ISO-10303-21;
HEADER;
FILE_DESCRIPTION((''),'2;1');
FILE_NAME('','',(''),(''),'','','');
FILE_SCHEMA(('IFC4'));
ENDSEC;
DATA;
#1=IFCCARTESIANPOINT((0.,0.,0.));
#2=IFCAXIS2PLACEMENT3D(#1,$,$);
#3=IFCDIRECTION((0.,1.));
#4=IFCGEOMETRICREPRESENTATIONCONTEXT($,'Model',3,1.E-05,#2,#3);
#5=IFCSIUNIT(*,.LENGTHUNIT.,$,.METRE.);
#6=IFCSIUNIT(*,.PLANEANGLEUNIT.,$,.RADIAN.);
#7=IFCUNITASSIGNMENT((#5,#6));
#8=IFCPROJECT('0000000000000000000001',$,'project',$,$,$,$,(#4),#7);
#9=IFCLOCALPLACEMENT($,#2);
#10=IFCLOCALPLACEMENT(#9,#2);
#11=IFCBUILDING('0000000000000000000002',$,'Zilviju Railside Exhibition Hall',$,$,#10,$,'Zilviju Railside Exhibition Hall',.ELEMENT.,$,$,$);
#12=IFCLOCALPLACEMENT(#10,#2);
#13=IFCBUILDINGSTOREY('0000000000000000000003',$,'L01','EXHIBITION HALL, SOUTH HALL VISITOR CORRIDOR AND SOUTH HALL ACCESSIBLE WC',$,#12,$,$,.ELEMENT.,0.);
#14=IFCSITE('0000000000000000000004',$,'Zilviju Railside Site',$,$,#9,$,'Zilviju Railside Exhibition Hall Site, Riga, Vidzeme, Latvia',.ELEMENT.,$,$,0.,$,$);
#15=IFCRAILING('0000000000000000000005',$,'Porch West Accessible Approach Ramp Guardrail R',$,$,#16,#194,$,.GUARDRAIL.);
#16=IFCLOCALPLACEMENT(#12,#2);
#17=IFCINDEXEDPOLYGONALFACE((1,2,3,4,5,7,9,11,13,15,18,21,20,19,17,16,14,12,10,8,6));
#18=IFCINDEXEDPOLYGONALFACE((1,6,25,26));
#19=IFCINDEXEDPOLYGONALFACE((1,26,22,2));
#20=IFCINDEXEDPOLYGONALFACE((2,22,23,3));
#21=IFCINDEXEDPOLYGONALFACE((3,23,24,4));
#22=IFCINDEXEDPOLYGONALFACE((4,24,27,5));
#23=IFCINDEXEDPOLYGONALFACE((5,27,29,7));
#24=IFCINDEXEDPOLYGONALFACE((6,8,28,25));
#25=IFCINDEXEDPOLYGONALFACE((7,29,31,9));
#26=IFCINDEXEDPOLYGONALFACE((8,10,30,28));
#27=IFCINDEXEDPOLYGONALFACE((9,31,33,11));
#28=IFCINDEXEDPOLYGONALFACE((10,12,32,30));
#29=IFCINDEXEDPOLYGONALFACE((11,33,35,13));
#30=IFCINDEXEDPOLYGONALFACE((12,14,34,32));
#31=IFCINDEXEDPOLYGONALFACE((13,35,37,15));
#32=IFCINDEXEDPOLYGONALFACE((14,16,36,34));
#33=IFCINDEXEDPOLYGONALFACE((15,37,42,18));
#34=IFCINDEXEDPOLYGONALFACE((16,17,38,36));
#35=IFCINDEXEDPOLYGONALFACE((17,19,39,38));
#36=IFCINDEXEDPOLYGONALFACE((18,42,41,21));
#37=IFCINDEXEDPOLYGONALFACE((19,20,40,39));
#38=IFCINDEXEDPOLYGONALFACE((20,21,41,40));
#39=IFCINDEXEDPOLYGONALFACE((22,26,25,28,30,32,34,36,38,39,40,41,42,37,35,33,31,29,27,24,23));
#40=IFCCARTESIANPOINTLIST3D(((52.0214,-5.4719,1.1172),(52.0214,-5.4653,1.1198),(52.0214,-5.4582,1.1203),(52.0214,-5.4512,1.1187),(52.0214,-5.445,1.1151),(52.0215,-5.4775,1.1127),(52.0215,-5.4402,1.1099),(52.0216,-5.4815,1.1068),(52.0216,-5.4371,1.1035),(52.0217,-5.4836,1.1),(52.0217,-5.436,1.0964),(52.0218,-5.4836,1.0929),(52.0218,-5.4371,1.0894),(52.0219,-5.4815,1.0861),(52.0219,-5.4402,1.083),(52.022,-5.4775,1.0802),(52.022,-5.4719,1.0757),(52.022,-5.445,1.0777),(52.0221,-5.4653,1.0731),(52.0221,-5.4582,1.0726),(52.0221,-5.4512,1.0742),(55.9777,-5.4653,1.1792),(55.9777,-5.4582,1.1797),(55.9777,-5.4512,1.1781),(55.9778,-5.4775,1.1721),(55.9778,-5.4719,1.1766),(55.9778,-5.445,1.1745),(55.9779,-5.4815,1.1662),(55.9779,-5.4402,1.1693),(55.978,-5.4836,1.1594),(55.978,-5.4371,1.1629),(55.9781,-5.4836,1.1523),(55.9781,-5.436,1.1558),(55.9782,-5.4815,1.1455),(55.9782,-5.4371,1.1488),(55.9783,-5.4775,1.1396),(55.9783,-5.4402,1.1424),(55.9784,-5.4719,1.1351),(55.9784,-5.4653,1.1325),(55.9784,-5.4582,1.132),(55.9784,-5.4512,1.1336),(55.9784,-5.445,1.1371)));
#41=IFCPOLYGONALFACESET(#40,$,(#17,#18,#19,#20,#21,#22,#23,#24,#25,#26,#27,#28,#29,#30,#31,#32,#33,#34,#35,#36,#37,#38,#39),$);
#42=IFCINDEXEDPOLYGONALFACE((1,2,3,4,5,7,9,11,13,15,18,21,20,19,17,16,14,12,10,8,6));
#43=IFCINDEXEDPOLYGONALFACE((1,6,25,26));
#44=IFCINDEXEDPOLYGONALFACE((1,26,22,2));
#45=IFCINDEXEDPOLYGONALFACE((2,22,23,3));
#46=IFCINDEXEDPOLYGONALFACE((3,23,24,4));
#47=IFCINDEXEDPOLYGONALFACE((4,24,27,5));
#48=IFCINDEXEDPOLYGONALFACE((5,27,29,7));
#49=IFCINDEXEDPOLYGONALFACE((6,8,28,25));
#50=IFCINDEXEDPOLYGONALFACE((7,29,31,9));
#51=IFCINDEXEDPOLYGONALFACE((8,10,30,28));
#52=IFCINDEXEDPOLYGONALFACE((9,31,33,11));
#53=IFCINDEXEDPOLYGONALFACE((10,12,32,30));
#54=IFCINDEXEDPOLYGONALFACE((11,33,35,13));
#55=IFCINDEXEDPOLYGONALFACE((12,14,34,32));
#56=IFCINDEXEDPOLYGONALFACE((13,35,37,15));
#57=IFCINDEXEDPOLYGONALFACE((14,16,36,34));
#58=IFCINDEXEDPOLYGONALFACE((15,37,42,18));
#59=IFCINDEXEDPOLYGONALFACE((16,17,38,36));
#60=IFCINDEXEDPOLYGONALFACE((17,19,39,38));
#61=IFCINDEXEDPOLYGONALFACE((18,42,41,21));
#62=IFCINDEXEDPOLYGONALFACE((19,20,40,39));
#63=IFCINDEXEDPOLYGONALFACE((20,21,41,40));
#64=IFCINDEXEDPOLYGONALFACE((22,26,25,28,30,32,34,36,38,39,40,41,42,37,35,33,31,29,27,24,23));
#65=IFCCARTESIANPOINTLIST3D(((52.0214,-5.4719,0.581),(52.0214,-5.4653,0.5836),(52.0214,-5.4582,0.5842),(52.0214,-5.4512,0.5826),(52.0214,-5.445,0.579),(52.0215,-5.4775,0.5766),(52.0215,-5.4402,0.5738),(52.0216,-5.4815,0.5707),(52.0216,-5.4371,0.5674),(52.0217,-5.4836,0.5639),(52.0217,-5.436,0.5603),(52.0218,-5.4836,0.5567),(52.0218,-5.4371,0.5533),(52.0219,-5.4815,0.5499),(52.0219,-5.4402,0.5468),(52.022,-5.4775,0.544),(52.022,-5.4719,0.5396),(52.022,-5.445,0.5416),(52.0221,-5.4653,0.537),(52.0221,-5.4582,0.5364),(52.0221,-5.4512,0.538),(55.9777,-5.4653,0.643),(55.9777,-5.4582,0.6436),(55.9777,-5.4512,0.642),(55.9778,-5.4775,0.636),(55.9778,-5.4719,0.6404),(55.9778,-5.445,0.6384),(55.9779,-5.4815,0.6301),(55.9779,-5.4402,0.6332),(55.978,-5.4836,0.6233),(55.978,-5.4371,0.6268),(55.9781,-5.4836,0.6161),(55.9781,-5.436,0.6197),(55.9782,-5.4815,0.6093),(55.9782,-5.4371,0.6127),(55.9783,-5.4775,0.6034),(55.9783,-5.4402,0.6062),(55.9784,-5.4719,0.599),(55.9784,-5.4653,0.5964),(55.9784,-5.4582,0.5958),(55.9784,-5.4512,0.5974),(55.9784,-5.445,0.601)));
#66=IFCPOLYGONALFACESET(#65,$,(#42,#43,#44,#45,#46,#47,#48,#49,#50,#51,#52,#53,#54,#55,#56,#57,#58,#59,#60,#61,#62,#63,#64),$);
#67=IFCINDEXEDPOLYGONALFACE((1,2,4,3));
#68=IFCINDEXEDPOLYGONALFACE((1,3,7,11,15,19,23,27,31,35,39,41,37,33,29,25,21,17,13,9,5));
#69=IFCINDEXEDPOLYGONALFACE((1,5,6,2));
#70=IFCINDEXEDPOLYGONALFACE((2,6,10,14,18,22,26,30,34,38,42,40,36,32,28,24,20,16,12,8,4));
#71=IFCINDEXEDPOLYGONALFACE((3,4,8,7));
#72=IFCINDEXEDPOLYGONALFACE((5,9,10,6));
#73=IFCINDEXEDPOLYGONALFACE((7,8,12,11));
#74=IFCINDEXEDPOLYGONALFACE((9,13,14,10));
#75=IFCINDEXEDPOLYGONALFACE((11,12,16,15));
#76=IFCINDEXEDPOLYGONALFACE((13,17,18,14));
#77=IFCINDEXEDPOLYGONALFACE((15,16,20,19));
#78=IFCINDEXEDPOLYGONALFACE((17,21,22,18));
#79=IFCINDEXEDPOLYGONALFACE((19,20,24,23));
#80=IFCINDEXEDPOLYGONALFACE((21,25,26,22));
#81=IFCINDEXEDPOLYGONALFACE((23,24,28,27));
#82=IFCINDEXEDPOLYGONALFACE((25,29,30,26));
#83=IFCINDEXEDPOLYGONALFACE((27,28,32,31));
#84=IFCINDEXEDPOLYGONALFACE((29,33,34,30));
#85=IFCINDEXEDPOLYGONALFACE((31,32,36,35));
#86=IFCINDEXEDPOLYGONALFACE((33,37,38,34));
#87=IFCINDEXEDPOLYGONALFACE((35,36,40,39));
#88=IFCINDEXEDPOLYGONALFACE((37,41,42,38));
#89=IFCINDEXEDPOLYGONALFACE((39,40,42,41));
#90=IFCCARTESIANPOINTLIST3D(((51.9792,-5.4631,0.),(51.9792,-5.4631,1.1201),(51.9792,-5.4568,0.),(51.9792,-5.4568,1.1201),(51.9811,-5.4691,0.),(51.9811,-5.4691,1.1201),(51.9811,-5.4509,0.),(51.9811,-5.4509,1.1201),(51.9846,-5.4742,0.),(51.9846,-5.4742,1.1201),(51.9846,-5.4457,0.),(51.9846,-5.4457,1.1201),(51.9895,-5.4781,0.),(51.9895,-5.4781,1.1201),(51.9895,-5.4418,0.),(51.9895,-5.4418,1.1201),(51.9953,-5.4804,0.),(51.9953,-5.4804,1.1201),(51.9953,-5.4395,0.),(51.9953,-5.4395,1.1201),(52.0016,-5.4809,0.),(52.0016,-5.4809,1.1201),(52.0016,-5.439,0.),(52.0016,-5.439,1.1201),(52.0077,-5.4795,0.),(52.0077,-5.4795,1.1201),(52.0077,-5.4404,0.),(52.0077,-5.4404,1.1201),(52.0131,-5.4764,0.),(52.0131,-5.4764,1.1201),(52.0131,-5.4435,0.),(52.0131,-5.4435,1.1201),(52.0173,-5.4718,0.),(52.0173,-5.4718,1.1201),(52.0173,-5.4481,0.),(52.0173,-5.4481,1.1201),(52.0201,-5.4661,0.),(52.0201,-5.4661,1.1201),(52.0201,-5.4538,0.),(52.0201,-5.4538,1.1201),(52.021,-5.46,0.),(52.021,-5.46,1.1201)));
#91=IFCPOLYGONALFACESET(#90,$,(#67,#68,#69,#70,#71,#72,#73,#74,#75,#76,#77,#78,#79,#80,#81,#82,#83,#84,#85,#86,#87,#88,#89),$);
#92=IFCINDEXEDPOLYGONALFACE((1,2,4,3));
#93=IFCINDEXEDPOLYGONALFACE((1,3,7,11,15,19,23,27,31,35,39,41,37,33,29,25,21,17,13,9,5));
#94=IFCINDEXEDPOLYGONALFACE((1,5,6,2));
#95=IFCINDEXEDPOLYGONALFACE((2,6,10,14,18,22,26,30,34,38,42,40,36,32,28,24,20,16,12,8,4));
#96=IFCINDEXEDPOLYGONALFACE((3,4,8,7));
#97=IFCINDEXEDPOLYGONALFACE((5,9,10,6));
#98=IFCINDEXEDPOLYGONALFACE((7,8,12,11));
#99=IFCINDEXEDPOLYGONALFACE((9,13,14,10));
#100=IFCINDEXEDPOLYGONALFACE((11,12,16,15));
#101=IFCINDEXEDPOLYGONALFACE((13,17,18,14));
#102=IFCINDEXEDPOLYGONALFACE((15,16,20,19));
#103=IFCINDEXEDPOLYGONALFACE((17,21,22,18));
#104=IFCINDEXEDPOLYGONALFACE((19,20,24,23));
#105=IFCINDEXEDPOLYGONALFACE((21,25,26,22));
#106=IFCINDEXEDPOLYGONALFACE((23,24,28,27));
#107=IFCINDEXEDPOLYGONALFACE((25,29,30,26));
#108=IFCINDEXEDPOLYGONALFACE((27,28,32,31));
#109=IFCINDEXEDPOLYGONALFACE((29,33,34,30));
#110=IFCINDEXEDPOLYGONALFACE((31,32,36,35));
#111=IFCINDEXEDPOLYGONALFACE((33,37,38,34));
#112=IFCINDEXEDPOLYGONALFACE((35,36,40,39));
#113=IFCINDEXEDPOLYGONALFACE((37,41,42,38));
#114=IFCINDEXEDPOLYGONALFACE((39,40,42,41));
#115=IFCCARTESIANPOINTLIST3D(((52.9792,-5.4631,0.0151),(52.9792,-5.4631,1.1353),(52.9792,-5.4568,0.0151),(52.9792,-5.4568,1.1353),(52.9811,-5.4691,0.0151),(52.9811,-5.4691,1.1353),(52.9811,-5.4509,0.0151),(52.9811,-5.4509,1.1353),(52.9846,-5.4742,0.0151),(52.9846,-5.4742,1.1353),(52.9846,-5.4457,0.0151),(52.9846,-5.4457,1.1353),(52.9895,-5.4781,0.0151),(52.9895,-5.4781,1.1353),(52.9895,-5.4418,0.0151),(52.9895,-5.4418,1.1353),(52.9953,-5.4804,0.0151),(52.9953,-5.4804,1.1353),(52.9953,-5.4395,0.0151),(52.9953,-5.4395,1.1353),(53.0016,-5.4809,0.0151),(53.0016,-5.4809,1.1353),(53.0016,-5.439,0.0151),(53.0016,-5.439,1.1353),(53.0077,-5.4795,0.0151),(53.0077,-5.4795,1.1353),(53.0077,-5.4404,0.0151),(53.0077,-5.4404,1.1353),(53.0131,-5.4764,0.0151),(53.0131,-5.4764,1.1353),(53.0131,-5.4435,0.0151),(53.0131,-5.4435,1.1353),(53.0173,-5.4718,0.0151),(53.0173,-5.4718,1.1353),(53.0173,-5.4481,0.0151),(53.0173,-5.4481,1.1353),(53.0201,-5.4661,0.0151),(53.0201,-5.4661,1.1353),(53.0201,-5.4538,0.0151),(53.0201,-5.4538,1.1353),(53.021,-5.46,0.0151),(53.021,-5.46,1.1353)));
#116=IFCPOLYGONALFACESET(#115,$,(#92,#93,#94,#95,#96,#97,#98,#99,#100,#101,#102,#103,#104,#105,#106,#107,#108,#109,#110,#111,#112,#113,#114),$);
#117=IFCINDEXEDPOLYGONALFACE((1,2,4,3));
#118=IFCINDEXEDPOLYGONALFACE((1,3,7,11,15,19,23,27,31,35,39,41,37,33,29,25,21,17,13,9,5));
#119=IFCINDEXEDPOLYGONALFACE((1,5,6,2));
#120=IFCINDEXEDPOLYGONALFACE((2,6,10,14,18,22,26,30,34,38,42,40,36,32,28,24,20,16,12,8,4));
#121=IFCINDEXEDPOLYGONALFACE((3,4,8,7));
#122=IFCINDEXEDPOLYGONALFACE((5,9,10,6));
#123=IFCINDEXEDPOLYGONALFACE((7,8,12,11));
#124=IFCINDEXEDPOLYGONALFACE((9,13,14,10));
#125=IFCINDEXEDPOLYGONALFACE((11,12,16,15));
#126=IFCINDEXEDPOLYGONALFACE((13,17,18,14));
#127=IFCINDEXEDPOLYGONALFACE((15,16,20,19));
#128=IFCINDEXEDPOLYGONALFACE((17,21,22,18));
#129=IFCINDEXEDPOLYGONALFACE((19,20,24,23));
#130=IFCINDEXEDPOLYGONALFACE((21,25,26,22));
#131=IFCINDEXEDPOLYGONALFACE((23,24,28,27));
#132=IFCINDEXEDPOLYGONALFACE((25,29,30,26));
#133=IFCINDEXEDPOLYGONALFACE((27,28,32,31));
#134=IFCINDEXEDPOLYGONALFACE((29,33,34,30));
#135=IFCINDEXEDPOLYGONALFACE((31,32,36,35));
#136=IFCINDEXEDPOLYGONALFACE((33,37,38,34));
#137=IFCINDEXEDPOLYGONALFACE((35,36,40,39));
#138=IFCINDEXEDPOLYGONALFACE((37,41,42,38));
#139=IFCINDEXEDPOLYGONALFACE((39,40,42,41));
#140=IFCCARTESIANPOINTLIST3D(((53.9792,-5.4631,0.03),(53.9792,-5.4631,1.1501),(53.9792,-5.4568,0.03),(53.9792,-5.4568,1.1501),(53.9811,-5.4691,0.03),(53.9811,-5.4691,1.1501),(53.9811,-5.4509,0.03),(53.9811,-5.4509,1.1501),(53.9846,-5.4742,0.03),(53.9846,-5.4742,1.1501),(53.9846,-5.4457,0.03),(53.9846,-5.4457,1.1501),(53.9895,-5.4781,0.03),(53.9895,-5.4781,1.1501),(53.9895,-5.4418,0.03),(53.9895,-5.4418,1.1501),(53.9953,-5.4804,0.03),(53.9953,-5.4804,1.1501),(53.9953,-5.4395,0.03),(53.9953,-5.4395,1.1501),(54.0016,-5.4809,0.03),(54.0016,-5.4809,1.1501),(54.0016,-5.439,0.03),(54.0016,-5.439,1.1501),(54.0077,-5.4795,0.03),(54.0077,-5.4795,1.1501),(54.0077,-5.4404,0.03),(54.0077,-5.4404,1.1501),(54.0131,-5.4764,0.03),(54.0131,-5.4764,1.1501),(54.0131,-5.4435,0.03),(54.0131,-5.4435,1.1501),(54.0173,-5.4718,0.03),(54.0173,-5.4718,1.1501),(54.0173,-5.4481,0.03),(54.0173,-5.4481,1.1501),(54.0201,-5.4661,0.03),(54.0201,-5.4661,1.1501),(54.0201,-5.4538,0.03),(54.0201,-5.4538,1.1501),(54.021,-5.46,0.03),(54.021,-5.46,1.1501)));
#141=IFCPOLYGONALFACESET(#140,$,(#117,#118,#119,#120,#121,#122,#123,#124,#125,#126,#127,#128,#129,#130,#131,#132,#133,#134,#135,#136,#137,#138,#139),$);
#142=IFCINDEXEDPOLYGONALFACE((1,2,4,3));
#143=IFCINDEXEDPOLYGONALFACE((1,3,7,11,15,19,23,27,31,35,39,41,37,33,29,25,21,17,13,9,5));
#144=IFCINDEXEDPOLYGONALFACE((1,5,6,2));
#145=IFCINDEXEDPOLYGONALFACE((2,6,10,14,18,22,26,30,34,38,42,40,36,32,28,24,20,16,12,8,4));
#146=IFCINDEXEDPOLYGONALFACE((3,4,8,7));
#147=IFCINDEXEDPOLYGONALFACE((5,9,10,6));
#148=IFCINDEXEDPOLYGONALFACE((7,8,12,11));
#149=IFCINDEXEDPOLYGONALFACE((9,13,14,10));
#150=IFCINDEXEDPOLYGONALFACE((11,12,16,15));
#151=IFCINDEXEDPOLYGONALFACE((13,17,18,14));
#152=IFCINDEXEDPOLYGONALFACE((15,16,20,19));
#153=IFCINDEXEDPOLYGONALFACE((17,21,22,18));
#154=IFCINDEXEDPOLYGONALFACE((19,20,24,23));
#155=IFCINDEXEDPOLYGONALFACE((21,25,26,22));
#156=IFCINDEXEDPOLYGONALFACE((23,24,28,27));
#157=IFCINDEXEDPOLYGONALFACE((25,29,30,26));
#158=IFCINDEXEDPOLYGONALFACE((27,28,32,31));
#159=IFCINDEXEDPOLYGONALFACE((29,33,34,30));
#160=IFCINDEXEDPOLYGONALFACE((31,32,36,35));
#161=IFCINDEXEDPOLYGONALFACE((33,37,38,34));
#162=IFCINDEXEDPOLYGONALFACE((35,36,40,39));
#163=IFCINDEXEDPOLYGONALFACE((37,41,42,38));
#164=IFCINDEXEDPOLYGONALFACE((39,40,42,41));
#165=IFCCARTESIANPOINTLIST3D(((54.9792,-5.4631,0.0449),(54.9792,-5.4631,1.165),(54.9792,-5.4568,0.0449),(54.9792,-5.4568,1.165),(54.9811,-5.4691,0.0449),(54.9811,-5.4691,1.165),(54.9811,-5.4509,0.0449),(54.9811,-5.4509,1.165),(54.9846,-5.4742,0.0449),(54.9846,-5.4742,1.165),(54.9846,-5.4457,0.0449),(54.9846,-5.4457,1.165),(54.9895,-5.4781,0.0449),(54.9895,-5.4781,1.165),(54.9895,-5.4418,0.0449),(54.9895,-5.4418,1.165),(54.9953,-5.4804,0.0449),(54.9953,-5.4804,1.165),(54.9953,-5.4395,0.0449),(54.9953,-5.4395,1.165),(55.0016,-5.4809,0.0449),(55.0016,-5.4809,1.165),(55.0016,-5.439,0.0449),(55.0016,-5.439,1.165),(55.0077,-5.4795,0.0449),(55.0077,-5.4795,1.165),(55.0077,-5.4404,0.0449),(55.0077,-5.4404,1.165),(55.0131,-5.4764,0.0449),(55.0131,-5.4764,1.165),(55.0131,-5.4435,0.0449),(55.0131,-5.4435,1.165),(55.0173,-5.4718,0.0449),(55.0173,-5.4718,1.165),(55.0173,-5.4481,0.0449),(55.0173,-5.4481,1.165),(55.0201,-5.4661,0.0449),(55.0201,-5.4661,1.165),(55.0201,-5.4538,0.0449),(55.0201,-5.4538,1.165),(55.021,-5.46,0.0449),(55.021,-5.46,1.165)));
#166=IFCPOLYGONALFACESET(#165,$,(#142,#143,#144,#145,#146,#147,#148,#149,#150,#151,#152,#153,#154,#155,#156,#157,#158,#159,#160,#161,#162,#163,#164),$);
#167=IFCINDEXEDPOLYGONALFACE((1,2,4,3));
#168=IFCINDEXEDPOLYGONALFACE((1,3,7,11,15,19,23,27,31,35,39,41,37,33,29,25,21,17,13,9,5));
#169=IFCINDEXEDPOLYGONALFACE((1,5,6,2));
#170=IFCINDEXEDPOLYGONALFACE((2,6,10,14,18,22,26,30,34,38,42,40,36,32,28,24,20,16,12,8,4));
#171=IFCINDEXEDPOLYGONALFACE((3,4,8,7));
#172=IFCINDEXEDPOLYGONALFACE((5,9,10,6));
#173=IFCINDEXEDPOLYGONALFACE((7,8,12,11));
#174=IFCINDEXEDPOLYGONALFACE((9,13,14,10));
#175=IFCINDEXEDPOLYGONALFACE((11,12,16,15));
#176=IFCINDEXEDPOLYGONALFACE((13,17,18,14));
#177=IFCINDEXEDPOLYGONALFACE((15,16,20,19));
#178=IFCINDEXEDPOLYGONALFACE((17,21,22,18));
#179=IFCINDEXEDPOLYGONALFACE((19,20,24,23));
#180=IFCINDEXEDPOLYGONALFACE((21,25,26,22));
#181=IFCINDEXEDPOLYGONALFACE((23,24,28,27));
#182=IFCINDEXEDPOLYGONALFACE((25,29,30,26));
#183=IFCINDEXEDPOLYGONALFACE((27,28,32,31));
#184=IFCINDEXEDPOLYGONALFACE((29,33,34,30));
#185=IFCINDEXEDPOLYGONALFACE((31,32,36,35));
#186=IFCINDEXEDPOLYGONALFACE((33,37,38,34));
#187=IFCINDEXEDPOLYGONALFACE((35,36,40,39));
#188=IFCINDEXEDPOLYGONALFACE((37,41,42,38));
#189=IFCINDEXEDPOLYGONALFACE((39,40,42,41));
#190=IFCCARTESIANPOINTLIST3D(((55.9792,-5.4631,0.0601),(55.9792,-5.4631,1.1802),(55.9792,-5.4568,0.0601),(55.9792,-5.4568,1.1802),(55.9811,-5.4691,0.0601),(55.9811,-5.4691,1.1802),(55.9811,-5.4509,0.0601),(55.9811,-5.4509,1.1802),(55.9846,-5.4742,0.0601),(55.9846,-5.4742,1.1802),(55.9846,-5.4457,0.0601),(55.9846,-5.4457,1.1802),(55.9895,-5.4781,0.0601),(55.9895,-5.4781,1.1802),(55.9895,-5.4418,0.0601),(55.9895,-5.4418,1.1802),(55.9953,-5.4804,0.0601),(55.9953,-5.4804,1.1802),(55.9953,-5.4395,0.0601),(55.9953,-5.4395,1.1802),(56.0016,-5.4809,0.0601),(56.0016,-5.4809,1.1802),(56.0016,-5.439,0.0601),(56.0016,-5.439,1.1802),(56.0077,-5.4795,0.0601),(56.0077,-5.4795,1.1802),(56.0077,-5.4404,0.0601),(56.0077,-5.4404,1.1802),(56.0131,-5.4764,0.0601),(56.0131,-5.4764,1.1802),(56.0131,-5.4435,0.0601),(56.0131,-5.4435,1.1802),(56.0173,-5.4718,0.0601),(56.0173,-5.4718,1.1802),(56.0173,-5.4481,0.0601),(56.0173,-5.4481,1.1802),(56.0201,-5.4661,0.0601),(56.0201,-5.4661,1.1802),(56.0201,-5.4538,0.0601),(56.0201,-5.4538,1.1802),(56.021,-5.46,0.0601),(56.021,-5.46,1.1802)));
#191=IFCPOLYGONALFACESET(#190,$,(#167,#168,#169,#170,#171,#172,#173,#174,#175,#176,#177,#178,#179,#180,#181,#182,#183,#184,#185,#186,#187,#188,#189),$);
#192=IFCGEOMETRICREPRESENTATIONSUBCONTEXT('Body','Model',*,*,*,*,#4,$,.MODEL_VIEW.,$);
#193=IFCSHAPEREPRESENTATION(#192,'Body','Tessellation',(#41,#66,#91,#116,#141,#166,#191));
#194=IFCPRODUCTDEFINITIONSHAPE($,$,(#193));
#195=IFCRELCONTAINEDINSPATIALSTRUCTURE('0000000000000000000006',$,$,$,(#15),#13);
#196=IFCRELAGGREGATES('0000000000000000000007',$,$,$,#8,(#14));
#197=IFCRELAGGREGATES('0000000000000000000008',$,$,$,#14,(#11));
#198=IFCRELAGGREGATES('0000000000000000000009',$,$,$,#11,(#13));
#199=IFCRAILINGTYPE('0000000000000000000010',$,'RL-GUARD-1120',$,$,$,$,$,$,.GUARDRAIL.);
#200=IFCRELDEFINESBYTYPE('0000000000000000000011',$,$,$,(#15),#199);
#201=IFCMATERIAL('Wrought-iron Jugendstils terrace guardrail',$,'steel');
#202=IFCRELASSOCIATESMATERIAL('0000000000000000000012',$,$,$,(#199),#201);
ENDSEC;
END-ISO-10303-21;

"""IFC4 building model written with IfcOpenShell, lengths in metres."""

from ifc_helpers import new_model, si_unit, direction, frame, origin, origin_2d, place, context, subcontext, project, spatial, circle, extrude, material, type_object, element, save


model = new_model("IFC4")

# Units and contexts
model_context = context("Model", 3, precision=1e-05, world=origin(), true_north=direction((0.0, 1.0)))
body_context = subcontext(model_context, "Body", "Model", "MODEL_VIEW")
ifc_project = project(units=[si_unit("LENGTHUNIT", "METRE"), si_unit("PLANEANGLEUNIT", "RADIAN")], contexts=[model_context])

# Site, building, storey
site_placement = place(None, origin())
site = spatial("IfcSite", under=ifc_project, at=site_placement, Name="Zilviju Railside Site", LongName="Zilviju Railside Exhibition Hall Site, Riga, Vidzeme, Latvia", CompositionType="ELEMENT", RefElevation=0.0)
building_placement = place(site_placement, origin())
building = spatial("IfcBuilding", under=site, at=building_placement, Name="Zilviju Railside Exhibition Hall", LongName="Zilviju Railside Exhibition Hall", CompositionType="ELEMENT")
storey_placement = place(building_placement, origin())
storey = spatial("IfcBuildingStorey", under=building, at=storey_placement, Name="L01", Description="EXHIBITION HALL, SOUTH HALL VISITOR CORRIDOR AND SOUTH HALL ACCESSIBLE WC", CompositionType="ELEMENT", Elevation=0.0)

# Railing
ifc_material_1 = material(Name="Wrought-iron Jugendstils terrace guardrail", Category="steel")
railing_type = type_object("IfcRailingType", Name="RL-GUARD-1120", PredefinedType="GUARDRAIL", material=ifc_material_1)
for number, where, name in (
    (1, (52.0, -5.46, 0.0), "Porch West Accessible Approach Ramp Guardrail R"),
):
    element("IfcRailing", number, at=place(storey_placement, frame(where)), inside=storey, type_object=railing_type, Name=name, PredefinedType="GUARDRAIL", context=body_context, shape_type="SweptSolid", body=[
        extrude(circle(Radius=0.0239, at=origin_2d()), frame((0.0217, 0.0, 1.0964), z_axis=(0.999887, 0.0, 0.015013), x_axis=(0.0, 1.0, 0.0)), (0.0, 0.0, 1.0), 3.9568),
        extrude(circle(Radius=0.0239, at=origin_2d()), frame((0.0217, 0.0, 0.5603), z_axis=(0.999887, 0.0, 0.015013), x_axis=(0.0, 1.0, 0.0)), (0.0, 0.0, 1.0), 3.9568),
        extrude(circle(Radius=0.021, at=origin_2d()), origin(), (0.0, 0.0, 1.0), 1.1201),
        extrude(circle(Radius=0.021, at=origin_2d()), frame((1.0, 0.0, 0.0151)), (0.0, 0.0, 1.0), 1.1201),
        extrude(circle(Radius=0.021, at=origin_2d()), frame((2.0, 0.0, 0.03)), (0.0, 0.0, 1.0), 1.1201),
        extrude(circle(Radius=0.021, at=origin_2d()), frame((3.0, 0.0, 0.0449)), (0.0, 0.0, 1.0), 1.1201),
        extrude(circle(Radius=0.021, at=origin_2d()), frame((4.0, 0.0, 0.0601)), (0.0, 0.0, 1.0), 1.1201),
    ])

save(model, "model.ifc")
